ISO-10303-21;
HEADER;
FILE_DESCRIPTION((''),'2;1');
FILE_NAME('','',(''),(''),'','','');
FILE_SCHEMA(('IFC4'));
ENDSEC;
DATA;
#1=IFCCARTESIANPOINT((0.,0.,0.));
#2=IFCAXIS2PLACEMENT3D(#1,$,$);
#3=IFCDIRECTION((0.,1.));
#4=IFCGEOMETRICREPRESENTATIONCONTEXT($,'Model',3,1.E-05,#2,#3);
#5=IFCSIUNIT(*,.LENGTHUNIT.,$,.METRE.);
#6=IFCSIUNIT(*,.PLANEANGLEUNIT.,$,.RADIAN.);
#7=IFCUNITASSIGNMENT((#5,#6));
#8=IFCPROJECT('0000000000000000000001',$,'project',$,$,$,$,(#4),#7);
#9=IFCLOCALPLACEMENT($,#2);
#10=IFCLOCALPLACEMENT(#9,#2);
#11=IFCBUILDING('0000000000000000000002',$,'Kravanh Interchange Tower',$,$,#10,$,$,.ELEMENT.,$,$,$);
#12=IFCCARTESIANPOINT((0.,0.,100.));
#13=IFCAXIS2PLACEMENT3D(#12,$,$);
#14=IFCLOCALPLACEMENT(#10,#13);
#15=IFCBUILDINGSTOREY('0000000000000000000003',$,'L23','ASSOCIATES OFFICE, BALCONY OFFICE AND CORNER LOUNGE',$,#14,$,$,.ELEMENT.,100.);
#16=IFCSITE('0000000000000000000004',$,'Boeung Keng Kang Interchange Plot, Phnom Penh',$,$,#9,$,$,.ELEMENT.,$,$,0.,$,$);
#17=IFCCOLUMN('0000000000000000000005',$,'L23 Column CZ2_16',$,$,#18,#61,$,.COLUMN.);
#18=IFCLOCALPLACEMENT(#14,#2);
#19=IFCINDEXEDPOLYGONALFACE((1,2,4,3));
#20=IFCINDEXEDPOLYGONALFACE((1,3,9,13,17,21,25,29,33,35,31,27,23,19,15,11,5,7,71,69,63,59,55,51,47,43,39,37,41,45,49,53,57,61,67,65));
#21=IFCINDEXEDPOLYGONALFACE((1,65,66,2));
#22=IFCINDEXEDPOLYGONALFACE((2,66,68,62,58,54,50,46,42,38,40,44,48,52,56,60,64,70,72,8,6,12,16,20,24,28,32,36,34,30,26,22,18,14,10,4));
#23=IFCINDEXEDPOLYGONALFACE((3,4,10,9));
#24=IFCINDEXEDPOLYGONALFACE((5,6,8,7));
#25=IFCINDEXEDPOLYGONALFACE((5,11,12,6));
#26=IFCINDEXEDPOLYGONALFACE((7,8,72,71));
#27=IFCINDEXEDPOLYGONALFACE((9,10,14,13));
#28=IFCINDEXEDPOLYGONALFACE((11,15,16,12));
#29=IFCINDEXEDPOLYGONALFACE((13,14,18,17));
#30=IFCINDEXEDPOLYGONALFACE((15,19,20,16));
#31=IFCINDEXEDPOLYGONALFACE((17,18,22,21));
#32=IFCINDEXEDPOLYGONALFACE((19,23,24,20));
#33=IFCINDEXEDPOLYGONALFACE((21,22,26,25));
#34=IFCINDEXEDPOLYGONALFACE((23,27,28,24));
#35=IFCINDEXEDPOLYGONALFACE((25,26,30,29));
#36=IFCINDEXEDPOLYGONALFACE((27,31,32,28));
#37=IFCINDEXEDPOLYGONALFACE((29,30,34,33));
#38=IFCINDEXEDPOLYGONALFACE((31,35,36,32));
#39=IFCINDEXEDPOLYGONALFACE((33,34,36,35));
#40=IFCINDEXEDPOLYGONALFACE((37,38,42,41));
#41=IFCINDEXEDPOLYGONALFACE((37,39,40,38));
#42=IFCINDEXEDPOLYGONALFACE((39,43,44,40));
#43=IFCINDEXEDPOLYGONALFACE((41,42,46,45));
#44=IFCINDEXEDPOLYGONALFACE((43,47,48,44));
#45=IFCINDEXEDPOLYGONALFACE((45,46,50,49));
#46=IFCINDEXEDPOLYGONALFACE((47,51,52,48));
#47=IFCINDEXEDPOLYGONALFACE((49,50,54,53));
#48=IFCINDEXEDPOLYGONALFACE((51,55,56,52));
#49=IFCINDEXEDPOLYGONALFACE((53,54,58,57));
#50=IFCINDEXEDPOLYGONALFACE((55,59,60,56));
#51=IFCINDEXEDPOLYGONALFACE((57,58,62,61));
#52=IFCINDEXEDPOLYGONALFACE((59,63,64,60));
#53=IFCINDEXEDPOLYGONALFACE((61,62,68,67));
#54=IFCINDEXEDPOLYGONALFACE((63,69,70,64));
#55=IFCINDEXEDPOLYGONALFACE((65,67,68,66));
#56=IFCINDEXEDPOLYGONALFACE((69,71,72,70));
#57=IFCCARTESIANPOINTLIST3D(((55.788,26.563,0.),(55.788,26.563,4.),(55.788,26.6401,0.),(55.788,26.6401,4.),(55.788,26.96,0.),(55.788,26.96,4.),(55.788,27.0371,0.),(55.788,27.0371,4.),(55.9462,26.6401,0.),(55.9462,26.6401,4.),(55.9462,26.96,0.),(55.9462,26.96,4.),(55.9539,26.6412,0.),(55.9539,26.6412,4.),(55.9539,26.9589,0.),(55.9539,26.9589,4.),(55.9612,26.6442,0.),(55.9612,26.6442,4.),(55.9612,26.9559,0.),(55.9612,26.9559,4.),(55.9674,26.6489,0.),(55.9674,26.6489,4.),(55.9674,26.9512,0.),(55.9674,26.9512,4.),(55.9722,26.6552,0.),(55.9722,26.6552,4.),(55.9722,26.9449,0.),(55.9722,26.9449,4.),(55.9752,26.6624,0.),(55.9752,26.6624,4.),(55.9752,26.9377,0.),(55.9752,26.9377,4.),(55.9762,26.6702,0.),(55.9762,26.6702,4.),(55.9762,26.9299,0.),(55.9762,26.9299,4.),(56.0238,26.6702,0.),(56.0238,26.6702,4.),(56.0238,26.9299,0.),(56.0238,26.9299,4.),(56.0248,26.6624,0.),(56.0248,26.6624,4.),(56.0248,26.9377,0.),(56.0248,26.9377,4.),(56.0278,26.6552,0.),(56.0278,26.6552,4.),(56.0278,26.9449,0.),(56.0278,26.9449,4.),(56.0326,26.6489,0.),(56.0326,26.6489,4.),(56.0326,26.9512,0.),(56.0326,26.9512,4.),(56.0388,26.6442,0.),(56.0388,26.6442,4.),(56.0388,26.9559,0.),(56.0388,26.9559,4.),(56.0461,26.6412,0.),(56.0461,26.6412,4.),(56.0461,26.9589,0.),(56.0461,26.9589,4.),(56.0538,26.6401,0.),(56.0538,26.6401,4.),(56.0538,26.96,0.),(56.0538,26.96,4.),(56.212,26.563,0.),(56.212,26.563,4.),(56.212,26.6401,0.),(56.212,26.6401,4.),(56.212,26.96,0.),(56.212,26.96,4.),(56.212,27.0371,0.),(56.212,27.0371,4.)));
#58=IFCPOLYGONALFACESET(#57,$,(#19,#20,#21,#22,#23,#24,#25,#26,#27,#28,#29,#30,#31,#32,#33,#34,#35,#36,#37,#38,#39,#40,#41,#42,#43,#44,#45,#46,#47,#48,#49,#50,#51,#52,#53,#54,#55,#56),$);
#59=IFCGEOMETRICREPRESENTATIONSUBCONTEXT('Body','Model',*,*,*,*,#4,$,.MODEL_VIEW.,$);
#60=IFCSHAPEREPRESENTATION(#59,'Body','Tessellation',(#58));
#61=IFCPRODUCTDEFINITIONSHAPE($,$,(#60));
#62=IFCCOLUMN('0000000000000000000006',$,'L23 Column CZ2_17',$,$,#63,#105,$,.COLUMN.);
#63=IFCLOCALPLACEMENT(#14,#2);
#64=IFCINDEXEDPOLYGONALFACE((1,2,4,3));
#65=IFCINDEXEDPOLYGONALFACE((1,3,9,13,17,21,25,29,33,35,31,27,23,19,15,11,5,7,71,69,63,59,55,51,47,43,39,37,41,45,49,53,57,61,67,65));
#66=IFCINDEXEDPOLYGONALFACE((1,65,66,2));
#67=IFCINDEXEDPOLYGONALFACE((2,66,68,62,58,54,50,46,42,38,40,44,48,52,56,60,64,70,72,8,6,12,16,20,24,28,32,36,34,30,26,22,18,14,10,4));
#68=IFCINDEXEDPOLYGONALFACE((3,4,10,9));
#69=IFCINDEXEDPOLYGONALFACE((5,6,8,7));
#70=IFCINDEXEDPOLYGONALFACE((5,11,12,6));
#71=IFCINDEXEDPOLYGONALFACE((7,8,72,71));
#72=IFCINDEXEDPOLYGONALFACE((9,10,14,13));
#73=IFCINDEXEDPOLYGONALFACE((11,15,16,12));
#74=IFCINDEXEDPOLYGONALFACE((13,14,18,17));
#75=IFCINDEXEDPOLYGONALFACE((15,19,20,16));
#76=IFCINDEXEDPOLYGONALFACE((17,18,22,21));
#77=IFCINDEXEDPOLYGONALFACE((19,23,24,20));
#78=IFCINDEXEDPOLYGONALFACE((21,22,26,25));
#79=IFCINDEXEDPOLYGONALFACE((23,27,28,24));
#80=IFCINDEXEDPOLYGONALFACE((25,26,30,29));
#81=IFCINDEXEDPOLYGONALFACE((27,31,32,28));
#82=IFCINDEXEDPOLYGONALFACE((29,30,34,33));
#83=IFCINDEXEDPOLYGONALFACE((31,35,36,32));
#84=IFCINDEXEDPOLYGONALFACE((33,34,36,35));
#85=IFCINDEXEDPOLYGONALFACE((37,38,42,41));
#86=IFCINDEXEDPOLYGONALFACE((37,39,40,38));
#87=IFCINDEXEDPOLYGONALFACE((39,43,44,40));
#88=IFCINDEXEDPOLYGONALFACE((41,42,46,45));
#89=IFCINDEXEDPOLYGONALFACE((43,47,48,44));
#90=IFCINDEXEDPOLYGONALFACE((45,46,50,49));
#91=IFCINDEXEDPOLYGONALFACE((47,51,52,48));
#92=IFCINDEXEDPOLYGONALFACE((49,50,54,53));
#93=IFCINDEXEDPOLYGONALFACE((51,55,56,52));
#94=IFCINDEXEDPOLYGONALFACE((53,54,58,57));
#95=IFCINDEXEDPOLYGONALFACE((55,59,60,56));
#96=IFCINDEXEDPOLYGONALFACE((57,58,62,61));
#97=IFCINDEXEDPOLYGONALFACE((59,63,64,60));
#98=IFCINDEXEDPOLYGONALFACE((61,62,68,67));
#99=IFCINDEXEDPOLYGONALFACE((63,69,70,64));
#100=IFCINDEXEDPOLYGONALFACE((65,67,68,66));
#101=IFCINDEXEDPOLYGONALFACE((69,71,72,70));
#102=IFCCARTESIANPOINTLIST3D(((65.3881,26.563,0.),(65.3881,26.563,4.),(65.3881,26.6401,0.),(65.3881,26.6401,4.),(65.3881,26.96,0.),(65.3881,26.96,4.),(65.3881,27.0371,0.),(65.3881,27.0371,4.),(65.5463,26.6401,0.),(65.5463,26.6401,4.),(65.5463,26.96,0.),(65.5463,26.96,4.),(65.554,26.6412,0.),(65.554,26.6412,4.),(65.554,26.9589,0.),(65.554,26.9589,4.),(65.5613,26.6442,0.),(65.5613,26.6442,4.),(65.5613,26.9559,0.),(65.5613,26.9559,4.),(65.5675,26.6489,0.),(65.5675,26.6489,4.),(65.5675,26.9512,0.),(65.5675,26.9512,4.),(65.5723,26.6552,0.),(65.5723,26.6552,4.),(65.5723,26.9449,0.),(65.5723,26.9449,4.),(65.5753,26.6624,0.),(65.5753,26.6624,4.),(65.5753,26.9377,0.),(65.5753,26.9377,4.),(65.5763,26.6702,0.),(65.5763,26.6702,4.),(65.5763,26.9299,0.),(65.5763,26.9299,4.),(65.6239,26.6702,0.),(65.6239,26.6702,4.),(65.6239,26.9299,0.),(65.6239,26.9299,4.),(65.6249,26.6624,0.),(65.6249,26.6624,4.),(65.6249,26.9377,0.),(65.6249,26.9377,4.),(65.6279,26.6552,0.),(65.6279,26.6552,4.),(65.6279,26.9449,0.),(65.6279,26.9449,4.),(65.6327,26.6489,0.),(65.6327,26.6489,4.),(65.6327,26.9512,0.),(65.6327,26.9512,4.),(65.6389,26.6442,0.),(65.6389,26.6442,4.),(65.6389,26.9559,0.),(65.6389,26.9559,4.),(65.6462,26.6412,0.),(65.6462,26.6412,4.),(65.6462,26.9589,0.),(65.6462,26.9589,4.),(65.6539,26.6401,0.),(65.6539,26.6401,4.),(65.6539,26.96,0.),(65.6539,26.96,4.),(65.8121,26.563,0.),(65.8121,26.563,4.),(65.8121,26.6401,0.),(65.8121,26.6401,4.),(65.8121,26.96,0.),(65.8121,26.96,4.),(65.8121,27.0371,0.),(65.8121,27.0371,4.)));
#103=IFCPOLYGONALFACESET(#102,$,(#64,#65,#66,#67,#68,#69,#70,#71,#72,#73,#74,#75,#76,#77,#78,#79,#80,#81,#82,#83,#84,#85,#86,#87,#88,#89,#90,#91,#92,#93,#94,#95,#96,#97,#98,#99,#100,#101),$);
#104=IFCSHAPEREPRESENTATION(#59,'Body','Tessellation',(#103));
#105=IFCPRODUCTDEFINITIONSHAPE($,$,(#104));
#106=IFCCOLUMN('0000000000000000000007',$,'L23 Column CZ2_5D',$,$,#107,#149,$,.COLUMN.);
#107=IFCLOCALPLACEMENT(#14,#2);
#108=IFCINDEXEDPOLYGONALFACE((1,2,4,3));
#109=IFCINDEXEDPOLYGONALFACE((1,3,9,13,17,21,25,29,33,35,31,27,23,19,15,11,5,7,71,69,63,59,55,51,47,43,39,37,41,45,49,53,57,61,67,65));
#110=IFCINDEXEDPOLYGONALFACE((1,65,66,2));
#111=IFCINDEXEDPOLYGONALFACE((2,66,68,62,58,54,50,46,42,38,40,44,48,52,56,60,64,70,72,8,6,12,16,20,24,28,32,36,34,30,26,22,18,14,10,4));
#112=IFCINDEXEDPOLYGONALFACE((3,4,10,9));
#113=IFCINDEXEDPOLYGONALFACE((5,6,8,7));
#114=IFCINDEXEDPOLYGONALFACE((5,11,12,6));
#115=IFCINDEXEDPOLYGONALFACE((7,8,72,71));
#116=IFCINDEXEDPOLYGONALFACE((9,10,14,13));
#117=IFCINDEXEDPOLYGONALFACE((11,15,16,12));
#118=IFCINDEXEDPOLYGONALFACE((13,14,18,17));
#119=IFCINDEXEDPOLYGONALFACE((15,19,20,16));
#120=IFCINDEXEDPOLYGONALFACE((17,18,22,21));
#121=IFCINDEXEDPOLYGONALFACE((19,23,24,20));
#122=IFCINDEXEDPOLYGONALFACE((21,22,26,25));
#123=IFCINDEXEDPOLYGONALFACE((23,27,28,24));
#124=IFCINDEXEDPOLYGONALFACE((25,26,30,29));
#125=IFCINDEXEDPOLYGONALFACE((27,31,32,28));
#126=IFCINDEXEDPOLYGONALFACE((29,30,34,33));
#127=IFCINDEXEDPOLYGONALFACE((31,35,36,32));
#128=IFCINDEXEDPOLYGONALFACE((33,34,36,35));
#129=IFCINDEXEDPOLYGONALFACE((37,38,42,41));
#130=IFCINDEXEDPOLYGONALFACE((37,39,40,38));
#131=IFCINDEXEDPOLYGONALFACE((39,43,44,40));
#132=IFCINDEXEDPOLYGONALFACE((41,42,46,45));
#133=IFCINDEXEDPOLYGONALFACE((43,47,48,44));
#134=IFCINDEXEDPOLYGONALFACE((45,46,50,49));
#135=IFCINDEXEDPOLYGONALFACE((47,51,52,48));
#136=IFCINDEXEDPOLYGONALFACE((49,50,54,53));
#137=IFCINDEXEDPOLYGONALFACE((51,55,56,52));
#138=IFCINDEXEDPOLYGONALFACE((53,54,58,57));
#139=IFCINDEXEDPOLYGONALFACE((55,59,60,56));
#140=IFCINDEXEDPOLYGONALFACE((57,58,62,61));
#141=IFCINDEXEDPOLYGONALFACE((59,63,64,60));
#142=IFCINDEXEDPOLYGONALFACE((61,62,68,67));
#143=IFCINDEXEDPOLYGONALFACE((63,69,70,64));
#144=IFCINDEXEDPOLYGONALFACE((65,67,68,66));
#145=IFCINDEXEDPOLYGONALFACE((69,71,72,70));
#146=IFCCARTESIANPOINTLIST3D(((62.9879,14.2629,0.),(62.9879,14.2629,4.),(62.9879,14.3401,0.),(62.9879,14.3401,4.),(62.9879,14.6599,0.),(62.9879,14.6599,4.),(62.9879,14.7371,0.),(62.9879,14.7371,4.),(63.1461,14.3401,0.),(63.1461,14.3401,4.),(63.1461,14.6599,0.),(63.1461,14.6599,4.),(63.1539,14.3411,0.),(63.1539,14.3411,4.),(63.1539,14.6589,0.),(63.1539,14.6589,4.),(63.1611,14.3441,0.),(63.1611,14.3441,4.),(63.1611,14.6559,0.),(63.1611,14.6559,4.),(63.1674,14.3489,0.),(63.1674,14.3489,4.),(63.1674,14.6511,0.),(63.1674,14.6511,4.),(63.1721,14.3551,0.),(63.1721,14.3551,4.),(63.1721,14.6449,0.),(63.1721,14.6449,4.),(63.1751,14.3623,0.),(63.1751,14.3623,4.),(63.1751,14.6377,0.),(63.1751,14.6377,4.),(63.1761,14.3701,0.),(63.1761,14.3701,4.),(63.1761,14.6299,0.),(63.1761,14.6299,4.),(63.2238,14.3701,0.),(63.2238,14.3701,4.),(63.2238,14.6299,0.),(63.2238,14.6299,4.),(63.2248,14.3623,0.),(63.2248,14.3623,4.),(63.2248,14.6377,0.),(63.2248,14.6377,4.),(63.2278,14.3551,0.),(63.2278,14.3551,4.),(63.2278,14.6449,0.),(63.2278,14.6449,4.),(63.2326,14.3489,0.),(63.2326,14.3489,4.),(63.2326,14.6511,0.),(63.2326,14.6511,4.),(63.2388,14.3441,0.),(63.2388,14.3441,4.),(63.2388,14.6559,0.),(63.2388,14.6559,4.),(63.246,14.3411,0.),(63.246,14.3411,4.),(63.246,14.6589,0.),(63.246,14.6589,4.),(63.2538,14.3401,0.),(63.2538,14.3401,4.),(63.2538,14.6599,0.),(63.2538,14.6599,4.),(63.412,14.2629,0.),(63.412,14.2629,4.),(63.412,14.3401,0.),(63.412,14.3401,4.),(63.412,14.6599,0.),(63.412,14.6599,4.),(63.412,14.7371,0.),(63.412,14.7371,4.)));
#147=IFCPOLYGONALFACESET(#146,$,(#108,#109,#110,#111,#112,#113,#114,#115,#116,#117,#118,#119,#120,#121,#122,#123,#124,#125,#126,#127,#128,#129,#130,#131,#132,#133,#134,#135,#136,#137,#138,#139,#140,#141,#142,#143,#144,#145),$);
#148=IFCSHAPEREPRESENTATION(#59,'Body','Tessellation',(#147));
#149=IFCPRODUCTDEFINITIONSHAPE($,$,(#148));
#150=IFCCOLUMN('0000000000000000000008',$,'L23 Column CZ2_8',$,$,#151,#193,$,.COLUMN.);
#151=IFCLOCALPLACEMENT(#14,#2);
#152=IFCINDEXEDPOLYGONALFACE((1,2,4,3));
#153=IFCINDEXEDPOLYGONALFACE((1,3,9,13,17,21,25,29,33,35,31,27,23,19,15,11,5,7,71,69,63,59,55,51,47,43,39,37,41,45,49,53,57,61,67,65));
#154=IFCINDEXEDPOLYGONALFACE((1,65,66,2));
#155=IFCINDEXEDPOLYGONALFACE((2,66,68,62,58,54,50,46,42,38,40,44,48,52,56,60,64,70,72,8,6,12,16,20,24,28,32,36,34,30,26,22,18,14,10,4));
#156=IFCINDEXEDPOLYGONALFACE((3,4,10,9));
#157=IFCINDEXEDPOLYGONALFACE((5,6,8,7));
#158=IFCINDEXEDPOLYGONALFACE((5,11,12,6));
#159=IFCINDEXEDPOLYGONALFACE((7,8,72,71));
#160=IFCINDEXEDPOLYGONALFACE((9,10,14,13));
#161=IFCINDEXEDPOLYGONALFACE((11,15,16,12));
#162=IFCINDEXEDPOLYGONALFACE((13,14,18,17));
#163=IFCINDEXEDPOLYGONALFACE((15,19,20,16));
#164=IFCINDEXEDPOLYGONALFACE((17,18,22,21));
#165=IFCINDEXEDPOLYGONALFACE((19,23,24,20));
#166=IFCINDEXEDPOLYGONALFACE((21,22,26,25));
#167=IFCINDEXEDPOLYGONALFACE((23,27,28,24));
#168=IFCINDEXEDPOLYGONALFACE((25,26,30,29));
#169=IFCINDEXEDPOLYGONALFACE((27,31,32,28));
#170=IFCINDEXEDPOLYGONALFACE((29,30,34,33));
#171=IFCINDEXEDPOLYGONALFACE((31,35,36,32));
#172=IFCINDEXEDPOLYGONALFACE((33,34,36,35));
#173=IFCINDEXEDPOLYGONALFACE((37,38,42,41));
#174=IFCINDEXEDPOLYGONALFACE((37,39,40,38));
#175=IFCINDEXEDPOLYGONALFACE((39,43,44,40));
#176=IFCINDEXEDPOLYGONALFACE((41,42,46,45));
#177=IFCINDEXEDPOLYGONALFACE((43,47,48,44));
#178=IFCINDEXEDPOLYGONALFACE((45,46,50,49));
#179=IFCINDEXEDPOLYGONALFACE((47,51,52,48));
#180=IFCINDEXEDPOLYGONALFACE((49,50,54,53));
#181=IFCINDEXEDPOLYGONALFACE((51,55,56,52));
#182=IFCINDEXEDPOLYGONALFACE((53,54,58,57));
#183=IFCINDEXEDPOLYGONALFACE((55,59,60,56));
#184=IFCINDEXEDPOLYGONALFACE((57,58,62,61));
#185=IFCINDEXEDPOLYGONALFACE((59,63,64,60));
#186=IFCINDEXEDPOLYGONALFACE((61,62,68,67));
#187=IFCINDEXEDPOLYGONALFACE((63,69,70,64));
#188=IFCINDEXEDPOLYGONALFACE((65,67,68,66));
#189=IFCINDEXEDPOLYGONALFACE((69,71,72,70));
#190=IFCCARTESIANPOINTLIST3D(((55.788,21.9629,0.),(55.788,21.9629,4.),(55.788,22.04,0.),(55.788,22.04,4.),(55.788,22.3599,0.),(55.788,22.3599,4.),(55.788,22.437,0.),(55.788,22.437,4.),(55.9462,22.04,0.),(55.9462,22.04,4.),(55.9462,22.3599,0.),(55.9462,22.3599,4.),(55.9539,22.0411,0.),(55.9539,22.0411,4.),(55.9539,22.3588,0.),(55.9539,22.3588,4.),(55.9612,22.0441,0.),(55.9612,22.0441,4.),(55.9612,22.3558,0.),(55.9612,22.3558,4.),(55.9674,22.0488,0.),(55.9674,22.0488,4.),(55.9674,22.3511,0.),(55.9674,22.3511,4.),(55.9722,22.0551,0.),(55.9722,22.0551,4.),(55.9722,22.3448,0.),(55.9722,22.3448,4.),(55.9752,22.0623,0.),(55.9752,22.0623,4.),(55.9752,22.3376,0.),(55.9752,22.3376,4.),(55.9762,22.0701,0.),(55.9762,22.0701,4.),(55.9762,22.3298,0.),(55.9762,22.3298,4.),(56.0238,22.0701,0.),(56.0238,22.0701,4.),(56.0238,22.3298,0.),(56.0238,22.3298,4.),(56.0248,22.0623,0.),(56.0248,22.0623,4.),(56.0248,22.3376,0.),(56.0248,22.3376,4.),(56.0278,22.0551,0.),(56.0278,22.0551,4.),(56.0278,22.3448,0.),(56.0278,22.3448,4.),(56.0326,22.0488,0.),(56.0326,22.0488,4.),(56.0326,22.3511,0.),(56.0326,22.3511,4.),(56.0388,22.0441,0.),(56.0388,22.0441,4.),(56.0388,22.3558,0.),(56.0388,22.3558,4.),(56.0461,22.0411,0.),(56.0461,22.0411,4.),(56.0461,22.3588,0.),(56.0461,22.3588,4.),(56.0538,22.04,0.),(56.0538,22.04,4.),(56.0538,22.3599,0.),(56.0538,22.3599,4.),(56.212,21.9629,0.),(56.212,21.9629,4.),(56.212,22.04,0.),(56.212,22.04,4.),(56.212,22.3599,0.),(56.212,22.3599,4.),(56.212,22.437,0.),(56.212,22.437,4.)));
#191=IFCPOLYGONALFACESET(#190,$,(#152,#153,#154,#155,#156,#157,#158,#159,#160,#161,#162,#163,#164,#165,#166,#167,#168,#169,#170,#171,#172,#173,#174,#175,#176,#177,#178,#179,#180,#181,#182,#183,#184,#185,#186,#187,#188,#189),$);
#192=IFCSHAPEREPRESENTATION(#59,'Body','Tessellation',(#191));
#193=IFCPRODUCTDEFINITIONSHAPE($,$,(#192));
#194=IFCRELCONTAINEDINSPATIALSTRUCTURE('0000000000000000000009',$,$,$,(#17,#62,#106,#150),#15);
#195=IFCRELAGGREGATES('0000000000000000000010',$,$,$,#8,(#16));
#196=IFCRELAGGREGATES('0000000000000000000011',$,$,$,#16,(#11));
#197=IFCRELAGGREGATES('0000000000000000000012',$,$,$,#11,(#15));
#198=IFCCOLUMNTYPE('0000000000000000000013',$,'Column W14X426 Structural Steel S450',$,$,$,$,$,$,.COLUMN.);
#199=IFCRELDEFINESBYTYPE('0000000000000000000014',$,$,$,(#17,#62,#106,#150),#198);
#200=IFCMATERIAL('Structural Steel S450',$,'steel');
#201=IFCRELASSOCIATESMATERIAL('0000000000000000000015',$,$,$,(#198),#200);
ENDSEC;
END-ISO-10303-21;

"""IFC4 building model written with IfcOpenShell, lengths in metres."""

from ifc_helpers import new_model, si_unit, direction, frame, origin, origin_2d, place, context, subcontext, project, spatial, i_section, extrude, material, material_profile, profile_set, type_object, element, save


model = new_model("IFC4")

# Units and contexts
model_context = context("Model", 3, precision=1e-05, world=origin(), true_north=direction((0.0, 1.0)))
body_context = subcontext(model_context, "Body", "Model", "MODEL_VIEW")
ifc_project = project(units=[si_unit("LENGTHUNIT", "METRE"), si_unit("PLANEANGLEUNIT", "RADIAN")], contexts=[model_context])

# Site, building, storey
site_placement = place(None, origin())
site = spatial("IfcSite", under=ifc_project, at=site_placement, Name="Boeung Keng Kang Interchange Plot, Phnom Penh", CompositionType="ELEMENT", RefElevation=0.0)
building_placement = place(site_placement, origin())
building = spatial("IfcBuilding", under=site, at=building_placement, Name="Kravanh Interchange Tower", CompositionType="ELEMENT")
storey_placement = place(building_placement, frame((0.0, 0.0, 100.0)))
storey = spatial("IfcBuildingStorey", under=building, at=storey_placement, Name="L23", Description="ASSOCIATES OFFICE, BALCONY OFFICE AND CORNER LOUNGE", CompositionType="ELEMENT", Elevation=100.0)

# Columns
ifc_material_1 = material(Name="Structural Steel S450", Category="steel")
ifc_material_profile_1 = material_profile(ifc_material_1, i_section(OverallWidth=0.4241, OverallDepth=0.4741, WebThickness=0.0476, FlangeThickness=0.0771, FilletRadius=0.03, at=origin_2d()), Name="W14X426")
ifc_profile_set_1 = profile_set([ifc_material_profile_1], Name="Structural Steel S450")
column_type = type_object("IfcColumnType", Name="Column W14X426 Structural Steel S450", PredefinedType="COLUMN", material=ifc_profile_set_1)
for number, where, z_axis, x_axis, name in (
    (1, (56.0, 26.8, 0.0), (0.0, 0.0, 1.0), (1.0, 0.0, 0.0), "L23 Column CZ2_16"),
    (2, (65.6001, 26.8, 0.0), (0.0, 0.0, 1.0), (1.0, 0.0, 0.0), "L23 Column CZ2_17"),
    (3, (63.2, 14.5, 0.0), (0.0, 0.0, 1.0), (1.0, 0.0, 0.0), "L23 Column CZ2_5D"),
    (4, (56.0, 22.2, 0.0), (0.0, 0.0, 1.0), (1.0, 0.0, 0.0), "L23 Column CZ2_8"),
):
    element("IfcColumn", number, at=place(storey_placement, frame(where, z_axis=z_axis, x_axis=x_axis)), inside=storey, type_object=column_type, Name=name, PredefinedType="COLUMN", context=body_context, shape_type="SweptSolid", body=[
        extrude(i_section(OverallWidth=0.4241, OverallDepth=0.4741, WebThickness=0.0476, FlangeThickness=0.0771, FilletRadius=0.03, at=origin_2d()), origin(), (0.0, 0.0, 1.0), 4.0),
    ])

save(model, "model.ifc")
